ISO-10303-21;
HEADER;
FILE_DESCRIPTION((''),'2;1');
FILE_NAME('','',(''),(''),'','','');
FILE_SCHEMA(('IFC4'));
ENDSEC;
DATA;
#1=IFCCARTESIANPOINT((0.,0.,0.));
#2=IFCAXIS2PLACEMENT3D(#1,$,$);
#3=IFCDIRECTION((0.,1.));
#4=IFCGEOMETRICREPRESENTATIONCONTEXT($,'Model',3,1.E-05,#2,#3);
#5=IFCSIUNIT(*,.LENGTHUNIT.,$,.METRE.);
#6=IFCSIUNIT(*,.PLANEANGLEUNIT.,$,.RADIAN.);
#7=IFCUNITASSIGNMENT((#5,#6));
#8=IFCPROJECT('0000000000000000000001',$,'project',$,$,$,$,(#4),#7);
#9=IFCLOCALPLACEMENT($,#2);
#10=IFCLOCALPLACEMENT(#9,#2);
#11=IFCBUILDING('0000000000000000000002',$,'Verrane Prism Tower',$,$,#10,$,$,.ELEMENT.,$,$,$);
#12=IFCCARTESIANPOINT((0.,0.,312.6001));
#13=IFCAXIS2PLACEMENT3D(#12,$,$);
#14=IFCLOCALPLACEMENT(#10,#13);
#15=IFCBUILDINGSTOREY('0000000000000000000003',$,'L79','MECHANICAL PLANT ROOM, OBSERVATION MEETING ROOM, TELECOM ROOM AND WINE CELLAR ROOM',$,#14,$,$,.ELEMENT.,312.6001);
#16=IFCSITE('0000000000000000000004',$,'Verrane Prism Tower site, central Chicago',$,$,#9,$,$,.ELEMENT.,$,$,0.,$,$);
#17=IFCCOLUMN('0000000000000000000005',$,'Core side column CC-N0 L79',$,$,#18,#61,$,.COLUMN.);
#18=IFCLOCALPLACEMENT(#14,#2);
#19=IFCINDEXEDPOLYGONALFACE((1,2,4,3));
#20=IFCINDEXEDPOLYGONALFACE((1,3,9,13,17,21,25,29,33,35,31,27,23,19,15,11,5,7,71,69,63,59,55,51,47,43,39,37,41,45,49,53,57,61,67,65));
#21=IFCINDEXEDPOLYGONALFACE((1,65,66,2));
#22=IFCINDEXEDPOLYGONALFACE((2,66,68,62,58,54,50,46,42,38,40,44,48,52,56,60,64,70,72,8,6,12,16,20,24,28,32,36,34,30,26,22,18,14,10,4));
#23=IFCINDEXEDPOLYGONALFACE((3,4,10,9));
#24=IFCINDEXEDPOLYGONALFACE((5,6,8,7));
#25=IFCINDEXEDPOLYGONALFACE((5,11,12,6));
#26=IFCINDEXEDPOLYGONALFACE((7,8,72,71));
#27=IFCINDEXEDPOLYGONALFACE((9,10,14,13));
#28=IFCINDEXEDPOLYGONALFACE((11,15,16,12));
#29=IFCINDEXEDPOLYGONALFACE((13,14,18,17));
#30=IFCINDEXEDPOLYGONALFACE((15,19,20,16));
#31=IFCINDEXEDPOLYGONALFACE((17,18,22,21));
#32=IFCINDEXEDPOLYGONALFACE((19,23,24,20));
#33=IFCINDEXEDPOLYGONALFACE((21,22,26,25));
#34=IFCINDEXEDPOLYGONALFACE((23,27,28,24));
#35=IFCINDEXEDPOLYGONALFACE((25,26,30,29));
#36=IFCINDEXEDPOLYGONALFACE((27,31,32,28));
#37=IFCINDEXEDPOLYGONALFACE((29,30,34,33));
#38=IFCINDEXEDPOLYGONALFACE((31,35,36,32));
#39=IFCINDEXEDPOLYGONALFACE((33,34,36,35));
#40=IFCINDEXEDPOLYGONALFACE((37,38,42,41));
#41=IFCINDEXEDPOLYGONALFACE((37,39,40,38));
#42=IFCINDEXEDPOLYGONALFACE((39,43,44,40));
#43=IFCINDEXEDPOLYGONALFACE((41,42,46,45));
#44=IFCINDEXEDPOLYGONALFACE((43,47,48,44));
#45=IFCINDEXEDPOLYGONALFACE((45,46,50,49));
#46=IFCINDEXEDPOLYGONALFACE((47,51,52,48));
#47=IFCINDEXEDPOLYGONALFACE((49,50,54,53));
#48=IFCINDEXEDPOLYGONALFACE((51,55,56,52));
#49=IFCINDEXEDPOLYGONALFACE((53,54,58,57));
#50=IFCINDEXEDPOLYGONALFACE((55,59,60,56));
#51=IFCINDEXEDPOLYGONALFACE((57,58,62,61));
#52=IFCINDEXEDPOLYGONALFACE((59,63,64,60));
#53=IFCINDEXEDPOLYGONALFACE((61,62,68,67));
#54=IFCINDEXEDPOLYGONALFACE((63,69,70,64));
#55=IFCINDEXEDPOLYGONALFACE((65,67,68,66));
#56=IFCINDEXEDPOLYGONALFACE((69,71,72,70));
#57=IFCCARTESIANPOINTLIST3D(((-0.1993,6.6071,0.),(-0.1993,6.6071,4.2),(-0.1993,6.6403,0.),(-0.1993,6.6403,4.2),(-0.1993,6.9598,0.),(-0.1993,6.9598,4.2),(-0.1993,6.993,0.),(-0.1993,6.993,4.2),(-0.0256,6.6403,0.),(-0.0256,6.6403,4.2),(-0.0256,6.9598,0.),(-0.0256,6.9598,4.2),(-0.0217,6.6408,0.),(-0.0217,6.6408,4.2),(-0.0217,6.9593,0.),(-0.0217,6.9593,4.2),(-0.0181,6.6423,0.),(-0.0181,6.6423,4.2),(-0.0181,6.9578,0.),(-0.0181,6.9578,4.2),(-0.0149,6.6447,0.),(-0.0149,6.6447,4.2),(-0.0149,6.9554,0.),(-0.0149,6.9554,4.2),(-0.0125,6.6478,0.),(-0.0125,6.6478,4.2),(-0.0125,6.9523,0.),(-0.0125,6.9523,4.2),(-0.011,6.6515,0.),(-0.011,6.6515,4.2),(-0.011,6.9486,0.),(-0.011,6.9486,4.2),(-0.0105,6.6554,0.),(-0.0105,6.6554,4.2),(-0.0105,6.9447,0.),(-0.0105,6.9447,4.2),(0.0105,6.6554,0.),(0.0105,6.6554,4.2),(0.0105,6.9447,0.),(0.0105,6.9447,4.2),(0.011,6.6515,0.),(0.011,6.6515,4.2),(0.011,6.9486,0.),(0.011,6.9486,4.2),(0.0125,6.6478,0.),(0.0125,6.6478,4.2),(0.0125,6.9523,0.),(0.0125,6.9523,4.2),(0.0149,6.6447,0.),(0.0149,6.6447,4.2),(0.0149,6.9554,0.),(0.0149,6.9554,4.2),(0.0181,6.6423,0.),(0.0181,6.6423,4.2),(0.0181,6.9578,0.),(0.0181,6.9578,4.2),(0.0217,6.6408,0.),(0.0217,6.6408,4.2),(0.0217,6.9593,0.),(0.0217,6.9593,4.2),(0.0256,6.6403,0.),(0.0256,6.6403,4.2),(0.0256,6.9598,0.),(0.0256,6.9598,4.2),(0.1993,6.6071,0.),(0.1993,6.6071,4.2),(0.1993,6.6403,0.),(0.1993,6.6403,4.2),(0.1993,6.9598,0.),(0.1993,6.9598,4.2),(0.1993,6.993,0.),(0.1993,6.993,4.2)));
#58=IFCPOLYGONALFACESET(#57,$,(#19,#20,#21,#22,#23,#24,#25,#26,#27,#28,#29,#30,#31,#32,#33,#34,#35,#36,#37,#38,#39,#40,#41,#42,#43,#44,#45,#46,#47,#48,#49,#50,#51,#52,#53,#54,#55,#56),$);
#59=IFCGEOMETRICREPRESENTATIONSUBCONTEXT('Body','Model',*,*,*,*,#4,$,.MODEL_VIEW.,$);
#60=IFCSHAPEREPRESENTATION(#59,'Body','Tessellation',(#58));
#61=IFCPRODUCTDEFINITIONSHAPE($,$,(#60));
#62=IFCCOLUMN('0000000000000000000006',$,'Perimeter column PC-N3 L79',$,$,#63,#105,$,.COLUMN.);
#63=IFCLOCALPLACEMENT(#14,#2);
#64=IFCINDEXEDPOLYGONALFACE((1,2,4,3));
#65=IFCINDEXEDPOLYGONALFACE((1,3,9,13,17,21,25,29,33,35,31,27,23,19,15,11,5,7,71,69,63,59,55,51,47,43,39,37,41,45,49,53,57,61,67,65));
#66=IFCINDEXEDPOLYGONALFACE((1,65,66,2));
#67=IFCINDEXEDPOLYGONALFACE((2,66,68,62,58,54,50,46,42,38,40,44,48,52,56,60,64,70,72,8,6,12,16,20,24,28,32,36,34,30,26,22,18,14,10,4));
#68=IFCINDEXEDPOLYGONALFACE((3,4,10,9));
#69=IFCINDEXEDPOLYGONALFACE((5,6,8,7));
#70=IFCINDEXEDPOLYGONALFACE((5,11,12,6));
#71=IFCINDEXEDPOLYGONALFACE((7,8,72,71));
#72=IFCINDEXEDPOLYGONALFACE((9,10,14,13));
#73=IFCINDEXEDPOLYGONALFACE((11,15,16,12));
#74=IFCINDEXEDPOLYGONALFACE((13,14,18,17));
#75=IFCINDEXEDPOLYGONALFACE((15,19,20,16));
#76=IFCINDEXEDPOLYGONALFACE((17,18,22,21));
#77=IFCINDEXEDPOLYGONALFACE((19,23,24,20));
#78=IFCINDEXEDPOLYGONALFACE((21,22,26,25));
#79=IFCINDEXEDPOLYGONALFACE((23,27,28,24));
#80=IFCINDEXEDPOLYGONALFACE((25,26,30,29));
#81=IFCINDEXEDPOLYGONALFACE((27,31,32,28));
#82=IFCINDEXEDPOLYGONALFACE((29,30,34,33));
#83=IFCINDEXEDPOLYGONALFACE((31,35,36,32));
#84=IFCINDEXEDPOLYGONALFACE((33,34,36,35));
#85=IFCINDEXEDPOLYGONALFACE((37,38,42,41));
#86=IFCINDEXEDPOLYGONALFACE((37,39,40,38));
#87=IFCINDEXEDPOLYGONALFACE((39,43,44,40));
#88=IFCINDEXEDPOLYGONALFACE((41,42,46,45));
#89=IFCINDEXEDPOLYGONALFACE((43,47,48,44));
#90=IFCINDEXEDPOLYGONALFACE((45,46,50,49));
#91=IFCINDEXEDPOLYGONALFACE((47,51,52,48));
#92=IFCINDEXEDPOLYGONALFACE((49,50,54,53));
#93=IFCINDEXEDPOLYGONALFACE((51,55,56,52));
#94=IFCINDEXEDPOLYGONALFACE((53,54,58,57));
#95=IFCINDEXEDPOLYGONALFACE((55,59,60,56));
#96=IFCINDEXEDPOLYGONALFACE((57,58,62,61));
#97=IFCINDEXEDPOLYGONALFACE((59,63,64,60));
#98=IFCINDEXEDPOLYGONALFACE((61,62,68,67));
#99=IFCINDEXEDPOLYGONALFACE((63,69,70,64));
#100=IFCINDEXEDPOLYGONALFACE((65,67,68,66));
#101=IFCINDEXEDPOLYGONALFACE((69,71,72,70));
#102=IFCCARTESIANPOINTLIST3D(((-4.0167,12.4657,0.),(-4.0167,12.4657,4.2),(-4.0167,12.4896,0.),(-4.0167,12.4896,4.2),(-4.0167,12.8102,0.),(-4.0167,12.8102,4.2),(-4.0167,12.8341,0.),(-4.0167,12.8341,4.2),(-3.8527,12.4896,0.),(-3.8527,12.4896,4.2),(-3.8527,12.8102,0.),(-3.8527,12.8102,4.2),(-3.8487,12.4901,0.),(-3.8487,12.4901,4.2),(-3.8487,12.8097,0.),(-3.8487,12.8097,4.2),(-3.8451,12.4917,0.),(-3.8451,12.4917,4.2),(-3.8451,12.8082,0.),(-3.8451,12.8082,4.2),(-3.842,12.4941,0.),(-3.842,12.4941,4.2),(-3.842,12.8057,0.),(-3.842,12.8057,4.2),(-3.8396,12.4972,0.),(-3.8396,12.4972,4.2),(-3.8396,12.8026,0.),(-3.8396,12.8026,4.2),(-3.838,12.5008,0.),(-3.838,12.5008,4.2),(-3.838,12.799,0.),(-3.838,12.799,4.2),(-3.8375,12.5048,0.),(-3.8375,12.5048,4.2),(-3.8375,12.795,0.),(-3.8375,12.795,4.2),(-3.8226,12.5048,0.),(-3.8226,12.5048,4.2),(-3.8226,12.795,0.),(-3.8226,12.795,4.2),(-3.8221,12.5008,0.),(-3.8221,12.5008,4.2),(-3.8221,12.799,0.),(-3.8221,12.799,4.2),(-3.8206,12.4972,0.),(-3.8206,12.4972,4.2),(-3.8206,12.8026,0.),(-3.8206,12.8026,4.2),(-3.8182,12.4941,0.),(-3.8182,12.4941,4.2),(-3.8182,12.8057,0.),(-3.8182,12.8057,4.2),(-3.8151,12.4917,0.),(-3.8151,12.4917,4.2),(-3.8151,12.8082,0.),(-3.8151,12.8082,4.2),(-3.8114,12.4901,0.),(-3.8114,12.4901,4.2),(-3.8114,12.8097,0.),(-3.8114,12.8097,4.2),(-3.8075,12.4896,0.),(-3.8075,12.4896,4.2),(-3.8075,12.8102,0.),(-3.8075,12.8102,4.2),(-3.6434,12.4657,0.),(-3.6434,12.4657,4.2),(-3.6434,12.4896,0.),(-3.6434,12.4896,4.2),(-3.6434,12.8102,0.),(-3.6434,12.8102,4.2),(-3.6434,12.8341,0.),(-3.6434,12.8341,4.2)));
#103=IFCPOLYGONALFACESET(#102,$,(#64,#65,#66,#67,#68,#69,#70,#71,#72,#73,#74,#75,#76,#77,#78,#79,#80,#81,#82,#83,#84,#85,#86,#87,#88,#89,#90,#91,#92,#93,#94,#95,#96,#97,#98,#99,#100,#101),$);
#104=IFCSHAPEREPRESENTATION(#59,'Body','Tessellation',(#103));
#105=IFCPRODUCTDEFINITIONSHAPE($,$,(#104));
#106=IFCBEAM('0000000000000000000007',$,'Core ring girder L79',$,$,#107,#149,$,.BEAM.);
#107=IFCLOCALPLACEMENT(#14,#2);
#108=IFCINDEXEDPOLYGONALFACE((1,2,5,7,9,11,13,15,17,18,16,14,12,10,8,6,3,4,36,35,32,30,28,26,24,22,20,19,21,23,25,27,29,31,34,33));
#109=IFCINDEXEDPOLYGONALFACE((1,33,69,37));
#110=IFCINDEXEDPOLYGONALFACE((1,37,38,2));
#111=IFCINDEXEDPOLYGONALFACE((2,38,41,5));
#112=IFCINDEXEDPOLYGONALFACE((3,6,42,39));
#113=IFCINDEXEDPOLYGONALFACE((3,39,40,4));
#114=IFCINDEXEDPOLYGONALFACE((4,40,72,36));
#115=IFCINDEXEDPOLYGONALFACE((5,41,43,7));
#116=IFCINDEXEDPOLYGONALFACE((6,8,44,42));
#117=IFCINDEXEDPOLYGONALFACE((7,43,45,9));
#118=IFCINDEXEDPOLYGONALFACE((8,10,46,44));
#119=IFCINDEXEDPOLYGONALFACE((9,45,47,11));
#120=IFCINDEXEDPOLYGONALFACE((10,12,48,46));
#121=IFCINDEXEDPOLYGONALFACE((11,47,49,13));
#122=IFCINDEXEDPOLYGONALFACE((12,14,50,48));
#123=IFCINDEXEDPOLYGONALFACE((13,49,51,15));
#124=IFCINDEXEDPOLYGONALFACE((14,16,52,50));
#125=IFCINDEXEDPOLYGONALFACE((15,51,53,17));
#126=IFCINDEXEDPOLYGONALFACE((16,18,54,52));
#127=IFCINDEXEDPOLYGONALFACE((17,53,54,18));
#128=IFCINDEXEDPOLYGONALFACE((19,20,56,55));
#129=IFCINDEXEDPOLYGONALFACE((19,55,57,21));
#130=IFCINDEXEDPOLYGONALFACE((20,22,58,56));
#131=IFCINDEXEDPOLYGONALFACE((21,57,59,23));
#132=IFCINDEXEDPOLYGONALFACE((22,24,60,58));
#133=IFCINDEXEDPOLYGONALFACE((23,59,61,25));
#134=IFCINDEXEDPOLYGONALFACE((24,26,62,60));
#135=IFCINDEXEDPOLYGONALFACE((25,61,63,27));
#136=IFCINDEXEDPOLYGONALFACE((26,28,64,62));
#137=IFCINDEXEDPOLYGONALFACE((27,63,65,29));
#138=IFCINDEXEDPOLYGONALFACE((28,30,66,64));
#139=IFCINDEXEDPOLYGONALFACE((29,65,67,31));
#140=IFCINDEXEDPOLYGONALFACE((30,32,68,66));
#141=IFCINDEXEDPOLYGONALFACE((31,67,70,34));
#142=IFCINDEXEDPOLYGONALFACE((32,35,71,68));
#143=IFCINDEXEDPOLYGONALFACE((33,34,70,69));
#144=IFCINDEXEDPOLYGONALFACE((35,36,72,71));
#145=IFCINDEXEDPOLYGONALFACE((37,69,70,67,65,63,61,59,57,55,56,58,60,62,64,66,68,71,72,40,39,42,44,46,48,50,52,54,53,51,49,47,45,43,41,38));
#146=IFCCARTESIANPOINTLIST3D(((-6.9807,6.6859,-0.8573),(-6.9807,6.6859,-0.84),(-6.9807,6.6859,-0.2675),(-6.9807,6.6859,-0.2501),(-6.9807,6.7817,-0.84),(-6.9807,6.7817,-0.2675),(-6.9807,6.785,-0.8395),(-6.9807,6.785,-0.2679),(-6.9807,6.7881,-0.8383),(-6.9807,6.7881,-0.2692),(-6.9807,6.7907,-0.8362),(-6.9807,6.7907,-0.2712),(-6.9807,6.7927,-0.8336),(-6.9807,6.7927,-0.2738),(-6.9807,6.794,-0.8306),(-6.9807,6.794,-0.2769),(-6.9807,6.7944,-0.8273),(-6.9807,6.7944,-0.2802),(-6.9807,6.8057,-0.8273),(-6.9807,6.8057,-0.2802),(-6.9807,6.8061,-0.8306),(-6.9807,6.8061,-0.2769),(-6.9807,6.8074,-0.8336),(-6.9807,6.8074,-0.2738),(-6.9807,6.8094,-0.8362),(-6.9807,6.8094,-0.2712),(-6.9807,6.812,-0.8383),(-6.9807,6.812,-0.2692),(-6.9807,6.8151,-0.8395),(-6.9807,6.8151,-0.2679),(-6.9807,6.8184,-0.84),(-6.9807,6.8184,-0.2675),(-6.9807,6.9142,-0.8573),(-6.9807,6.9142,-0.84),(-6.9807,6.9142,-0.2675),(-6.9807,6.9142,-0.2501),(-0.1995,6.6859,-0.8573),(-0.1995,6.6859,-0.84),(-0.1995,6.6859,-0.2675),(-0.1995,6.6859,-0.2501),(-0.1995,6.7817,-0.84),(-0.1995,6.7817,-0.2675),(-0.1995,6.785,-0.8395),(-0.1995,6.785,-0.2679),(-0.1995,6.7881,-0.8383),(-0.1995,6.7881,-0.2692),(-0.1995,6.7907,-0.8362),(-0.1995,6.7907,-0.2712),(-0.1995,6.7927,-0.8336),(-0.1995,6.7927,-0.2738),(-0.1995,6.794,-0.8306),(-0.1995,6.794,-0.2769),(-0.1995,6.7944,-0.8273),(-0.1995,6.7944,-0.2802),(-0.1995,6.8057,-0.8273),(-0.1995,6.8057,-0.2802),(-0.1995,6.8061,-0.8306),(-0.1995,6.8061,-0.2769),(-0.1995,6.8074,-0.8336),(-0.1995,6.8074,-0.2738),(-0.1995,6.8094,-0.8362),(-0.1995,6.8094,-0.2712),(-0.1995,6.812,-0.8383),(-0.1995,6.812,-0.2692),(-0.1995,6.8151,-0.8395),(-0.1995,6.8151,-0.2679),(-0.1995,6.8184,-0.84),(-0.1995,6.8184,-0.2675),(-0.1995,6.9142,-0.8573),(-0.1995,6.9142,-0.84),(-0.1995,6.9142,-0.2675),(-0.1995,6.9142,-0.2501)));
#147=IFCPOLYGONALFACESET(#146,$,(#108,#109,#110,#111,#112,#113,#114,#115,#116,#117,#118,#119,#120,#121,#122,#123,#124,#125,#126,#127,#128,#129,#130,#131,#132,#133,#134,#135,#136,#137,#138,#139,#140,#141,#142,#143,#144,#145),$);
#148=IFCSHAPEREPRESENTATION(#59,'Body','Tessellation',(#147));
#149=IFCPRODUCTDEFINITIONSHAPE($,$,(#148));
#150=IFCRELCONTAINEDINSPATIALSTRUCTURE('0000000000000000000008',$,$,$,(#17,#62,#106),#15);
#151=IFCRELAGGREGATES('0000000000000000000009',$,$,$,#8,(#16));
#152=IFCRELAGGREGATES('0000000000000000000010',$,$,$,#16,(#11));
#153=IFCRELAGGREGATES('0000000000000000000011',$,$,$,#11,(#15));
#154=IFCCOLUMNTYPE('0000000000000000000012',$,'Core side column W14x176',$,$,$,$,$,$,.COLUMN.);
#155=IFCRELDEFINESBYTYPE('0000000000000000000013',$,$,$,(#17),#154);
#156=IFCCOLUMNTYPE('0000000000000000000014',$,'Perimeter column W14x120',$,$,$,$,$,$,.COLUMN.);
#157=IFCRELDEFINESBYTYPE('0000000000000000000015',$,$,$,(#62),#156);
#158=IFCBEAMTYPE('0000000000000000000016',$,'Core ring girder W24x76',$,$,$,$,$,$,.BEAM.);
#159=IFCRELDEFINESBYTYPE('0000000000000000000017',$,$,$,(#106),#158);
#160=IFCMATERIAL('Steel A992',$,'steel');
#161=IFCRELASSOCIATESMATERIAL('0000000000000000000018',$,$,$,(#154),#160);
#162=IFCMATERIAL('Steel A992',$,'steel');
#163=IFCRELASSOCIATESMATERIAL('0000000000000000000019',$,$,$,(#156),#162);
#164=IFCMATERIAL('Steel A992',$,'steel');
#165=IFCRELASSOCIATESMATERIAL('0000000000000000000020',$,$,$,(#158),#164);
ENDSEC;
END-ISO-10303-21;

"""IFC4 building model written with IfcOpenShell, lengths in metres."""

from ifc_helpers import new_model, si_unit, direction, frame, origin, origin_2d, place, context, subcontext, project, spatial, i_section, extrude, material, material_profile, profile_set, type_object, element, save


model = new_model("IFC4")

# Units and contexts
model_context = context("Model", 3, precision=1e-05, world=origin(), true_north=direction((0.0, 1.0)))
body_context = subcontext(model_context, "Body", "Model", "MODEL_VIEW")
ifc_project = project(units=[si_unit("LENGTHUNIT", "METRE"), si_unit("PLANEANGLEUNIT", "RADIAN")], contexts=[model_context])

# Site, building, storey
site_placement = place(None, origin())
site = spatial("IfcSite", under=ifc_project, at=site_placement, Name="Verrane Prism Tower site, central Chicago", CompositionType="ELEMENT", RefElevation=0.0)
building_placement = place(site_placement, origin())
building = spatial("IfcBuilding", under=site, at=building_placement, Name="Verrane Prism Tower", CompositionType="ELEMENT")
storey_placement = place(building_placement, frame((0.0, 0.0, 312.6001)))
storey = spatial("IfcBuildingStorey", under=building, at=storey_placement, Name="L79", Description="MECHANICAL PLANT ROOM, OBSERVATION MEETING ROOM, TELECOM ROOM AND WINE CELLAR ROOM", CompositionType="ELEMENT", Elevation=312.6001)

# Columns
ifc_material_1 = material(Name="Steel A992", Category="steel")
ifc_material_profile_1 = material_profile(ifc_material_1, i_section(OverallWidth=0.3987, OverallDepth=0.386, WebThickness=0.021, FlangeThickness=0.0332, FilletRadius=0.0151, at=origin_2d()), Name="W14x176")
ifc_profile_set_1 = profile_set([ifc_material_profile_1], Name="Steel A992")
column_type_1 = type_object("IfcColumnType", Name="Core side column W14x176", PredefinedType="COLUMN", material=ifc_profile_set_1)
column_1_placement = place(storey_placement, frame((0.0, 6.8, 0.0), z_axis=(0.0, 0.0, 1.0), x_axis=(1.0, 0.0, 0.0)))
element("IfcColumn", 1, at=column_1_placement, inside=storey, type_object=column_type_1, Name="Core side column CC-N0 L79", PredefinedType="COLUMN", context=body_context, shape_type="SweptSolid", body=[
    extrude(i_section(OverallWidth=0.3987, OverallDepth=0.386, WebThickness=0.021, FlangeThickness=0.0332, FilletRadius=0.0151, at=origin_2d()), origin(), (0.0, 0.0, 1.0), 4.2),
])
ifc_material_2 = material(Name="Steel A992", Category="steel")
ifc_material_profile_2 = material_profile(ifc_material_2, i_section(OverallWidth=0.3733, OverallDepth=0.3684, WebThickness=0.0149, FlangeThickness=0.0239, FilletRadius=0.0151, at=origin_2d()), Name="W14x120")
ifc_profile_set_2 = profile_set([ifc_material_profile_2], Name="Steel A992")
column_type_2 = type_object("IfcColumnType", Name="Perimeter column W14x120", PredefinedType="COLUMN", material=ifc_profile_set_2)
column_2_placement = place(storey_placement, frame((-3.8301, 12.6499, 0.0), z_axis=(0.0, 0.0, 1.0), x_axis=(1.0, 0.0, 0.0)))
element("IfcColumn", 2, at=column_2_placement, inside=storey, type_object=column_type_2, Name="Perimeter column PC-N3 L79", PredefinedType="COLUMN", context=body_context, shape_type="SweptSolid", body=[
    extrude(i_section(OverallWidth=0.3733, OverallDepth=0.3684, WebThickness=0.0149, FlangeThickness=0.0239, FilletRadius=0.0151, at=origin_2d()), origin(), (0.0, 0.0, 1.0), 4.2),
])

# Beam
ifc_material_3 = material(Name="Steel A992", Category="steel")
ifc_material_profile_3 = material_profile(ifc_material_3, i_section(OverallWidth=0.2283, OverallDepth=0.6072, WebThickness=0.0112, FlangeThickness=0.0173, FilletRadius=0.0127, at=origin_2d()), Name="W24x76")
ifc_profile_set_3 = profile_set([ifc_material_profile_3], Name="Steel A992")
beam_type_1 = type_object("IfcBeamType", Name="Core ring girder W24x76", PredefinedType="BEAM", material=ifc_profile_set_3)
beam_1_placement = place(storey_placement, frame((-0.1995, 6.8, -0.5537), z_axis=(-1.0, 0.0, 0.0), x_axis=(0.0, -1.0, 0.0)))
element("IfcBeam", 3, at=beam_1_placement, inside=storey, type_object=beam_type_1, Name="Core ring girder L79", PredefinedType="BEAM", context=body_context, shape_type="SweptSolid", body=[
    extrude(i_section(OverallWidth=0.2283, OverallDepth=0.6072, WebThickness=0.0112, FlangeThickness=0.0173, FilletRadius=0.0127, at=origin_2d()), origin(), (0.0, 0.0, 1.0), 6.7812),
])

save(model, "model.ifc")
